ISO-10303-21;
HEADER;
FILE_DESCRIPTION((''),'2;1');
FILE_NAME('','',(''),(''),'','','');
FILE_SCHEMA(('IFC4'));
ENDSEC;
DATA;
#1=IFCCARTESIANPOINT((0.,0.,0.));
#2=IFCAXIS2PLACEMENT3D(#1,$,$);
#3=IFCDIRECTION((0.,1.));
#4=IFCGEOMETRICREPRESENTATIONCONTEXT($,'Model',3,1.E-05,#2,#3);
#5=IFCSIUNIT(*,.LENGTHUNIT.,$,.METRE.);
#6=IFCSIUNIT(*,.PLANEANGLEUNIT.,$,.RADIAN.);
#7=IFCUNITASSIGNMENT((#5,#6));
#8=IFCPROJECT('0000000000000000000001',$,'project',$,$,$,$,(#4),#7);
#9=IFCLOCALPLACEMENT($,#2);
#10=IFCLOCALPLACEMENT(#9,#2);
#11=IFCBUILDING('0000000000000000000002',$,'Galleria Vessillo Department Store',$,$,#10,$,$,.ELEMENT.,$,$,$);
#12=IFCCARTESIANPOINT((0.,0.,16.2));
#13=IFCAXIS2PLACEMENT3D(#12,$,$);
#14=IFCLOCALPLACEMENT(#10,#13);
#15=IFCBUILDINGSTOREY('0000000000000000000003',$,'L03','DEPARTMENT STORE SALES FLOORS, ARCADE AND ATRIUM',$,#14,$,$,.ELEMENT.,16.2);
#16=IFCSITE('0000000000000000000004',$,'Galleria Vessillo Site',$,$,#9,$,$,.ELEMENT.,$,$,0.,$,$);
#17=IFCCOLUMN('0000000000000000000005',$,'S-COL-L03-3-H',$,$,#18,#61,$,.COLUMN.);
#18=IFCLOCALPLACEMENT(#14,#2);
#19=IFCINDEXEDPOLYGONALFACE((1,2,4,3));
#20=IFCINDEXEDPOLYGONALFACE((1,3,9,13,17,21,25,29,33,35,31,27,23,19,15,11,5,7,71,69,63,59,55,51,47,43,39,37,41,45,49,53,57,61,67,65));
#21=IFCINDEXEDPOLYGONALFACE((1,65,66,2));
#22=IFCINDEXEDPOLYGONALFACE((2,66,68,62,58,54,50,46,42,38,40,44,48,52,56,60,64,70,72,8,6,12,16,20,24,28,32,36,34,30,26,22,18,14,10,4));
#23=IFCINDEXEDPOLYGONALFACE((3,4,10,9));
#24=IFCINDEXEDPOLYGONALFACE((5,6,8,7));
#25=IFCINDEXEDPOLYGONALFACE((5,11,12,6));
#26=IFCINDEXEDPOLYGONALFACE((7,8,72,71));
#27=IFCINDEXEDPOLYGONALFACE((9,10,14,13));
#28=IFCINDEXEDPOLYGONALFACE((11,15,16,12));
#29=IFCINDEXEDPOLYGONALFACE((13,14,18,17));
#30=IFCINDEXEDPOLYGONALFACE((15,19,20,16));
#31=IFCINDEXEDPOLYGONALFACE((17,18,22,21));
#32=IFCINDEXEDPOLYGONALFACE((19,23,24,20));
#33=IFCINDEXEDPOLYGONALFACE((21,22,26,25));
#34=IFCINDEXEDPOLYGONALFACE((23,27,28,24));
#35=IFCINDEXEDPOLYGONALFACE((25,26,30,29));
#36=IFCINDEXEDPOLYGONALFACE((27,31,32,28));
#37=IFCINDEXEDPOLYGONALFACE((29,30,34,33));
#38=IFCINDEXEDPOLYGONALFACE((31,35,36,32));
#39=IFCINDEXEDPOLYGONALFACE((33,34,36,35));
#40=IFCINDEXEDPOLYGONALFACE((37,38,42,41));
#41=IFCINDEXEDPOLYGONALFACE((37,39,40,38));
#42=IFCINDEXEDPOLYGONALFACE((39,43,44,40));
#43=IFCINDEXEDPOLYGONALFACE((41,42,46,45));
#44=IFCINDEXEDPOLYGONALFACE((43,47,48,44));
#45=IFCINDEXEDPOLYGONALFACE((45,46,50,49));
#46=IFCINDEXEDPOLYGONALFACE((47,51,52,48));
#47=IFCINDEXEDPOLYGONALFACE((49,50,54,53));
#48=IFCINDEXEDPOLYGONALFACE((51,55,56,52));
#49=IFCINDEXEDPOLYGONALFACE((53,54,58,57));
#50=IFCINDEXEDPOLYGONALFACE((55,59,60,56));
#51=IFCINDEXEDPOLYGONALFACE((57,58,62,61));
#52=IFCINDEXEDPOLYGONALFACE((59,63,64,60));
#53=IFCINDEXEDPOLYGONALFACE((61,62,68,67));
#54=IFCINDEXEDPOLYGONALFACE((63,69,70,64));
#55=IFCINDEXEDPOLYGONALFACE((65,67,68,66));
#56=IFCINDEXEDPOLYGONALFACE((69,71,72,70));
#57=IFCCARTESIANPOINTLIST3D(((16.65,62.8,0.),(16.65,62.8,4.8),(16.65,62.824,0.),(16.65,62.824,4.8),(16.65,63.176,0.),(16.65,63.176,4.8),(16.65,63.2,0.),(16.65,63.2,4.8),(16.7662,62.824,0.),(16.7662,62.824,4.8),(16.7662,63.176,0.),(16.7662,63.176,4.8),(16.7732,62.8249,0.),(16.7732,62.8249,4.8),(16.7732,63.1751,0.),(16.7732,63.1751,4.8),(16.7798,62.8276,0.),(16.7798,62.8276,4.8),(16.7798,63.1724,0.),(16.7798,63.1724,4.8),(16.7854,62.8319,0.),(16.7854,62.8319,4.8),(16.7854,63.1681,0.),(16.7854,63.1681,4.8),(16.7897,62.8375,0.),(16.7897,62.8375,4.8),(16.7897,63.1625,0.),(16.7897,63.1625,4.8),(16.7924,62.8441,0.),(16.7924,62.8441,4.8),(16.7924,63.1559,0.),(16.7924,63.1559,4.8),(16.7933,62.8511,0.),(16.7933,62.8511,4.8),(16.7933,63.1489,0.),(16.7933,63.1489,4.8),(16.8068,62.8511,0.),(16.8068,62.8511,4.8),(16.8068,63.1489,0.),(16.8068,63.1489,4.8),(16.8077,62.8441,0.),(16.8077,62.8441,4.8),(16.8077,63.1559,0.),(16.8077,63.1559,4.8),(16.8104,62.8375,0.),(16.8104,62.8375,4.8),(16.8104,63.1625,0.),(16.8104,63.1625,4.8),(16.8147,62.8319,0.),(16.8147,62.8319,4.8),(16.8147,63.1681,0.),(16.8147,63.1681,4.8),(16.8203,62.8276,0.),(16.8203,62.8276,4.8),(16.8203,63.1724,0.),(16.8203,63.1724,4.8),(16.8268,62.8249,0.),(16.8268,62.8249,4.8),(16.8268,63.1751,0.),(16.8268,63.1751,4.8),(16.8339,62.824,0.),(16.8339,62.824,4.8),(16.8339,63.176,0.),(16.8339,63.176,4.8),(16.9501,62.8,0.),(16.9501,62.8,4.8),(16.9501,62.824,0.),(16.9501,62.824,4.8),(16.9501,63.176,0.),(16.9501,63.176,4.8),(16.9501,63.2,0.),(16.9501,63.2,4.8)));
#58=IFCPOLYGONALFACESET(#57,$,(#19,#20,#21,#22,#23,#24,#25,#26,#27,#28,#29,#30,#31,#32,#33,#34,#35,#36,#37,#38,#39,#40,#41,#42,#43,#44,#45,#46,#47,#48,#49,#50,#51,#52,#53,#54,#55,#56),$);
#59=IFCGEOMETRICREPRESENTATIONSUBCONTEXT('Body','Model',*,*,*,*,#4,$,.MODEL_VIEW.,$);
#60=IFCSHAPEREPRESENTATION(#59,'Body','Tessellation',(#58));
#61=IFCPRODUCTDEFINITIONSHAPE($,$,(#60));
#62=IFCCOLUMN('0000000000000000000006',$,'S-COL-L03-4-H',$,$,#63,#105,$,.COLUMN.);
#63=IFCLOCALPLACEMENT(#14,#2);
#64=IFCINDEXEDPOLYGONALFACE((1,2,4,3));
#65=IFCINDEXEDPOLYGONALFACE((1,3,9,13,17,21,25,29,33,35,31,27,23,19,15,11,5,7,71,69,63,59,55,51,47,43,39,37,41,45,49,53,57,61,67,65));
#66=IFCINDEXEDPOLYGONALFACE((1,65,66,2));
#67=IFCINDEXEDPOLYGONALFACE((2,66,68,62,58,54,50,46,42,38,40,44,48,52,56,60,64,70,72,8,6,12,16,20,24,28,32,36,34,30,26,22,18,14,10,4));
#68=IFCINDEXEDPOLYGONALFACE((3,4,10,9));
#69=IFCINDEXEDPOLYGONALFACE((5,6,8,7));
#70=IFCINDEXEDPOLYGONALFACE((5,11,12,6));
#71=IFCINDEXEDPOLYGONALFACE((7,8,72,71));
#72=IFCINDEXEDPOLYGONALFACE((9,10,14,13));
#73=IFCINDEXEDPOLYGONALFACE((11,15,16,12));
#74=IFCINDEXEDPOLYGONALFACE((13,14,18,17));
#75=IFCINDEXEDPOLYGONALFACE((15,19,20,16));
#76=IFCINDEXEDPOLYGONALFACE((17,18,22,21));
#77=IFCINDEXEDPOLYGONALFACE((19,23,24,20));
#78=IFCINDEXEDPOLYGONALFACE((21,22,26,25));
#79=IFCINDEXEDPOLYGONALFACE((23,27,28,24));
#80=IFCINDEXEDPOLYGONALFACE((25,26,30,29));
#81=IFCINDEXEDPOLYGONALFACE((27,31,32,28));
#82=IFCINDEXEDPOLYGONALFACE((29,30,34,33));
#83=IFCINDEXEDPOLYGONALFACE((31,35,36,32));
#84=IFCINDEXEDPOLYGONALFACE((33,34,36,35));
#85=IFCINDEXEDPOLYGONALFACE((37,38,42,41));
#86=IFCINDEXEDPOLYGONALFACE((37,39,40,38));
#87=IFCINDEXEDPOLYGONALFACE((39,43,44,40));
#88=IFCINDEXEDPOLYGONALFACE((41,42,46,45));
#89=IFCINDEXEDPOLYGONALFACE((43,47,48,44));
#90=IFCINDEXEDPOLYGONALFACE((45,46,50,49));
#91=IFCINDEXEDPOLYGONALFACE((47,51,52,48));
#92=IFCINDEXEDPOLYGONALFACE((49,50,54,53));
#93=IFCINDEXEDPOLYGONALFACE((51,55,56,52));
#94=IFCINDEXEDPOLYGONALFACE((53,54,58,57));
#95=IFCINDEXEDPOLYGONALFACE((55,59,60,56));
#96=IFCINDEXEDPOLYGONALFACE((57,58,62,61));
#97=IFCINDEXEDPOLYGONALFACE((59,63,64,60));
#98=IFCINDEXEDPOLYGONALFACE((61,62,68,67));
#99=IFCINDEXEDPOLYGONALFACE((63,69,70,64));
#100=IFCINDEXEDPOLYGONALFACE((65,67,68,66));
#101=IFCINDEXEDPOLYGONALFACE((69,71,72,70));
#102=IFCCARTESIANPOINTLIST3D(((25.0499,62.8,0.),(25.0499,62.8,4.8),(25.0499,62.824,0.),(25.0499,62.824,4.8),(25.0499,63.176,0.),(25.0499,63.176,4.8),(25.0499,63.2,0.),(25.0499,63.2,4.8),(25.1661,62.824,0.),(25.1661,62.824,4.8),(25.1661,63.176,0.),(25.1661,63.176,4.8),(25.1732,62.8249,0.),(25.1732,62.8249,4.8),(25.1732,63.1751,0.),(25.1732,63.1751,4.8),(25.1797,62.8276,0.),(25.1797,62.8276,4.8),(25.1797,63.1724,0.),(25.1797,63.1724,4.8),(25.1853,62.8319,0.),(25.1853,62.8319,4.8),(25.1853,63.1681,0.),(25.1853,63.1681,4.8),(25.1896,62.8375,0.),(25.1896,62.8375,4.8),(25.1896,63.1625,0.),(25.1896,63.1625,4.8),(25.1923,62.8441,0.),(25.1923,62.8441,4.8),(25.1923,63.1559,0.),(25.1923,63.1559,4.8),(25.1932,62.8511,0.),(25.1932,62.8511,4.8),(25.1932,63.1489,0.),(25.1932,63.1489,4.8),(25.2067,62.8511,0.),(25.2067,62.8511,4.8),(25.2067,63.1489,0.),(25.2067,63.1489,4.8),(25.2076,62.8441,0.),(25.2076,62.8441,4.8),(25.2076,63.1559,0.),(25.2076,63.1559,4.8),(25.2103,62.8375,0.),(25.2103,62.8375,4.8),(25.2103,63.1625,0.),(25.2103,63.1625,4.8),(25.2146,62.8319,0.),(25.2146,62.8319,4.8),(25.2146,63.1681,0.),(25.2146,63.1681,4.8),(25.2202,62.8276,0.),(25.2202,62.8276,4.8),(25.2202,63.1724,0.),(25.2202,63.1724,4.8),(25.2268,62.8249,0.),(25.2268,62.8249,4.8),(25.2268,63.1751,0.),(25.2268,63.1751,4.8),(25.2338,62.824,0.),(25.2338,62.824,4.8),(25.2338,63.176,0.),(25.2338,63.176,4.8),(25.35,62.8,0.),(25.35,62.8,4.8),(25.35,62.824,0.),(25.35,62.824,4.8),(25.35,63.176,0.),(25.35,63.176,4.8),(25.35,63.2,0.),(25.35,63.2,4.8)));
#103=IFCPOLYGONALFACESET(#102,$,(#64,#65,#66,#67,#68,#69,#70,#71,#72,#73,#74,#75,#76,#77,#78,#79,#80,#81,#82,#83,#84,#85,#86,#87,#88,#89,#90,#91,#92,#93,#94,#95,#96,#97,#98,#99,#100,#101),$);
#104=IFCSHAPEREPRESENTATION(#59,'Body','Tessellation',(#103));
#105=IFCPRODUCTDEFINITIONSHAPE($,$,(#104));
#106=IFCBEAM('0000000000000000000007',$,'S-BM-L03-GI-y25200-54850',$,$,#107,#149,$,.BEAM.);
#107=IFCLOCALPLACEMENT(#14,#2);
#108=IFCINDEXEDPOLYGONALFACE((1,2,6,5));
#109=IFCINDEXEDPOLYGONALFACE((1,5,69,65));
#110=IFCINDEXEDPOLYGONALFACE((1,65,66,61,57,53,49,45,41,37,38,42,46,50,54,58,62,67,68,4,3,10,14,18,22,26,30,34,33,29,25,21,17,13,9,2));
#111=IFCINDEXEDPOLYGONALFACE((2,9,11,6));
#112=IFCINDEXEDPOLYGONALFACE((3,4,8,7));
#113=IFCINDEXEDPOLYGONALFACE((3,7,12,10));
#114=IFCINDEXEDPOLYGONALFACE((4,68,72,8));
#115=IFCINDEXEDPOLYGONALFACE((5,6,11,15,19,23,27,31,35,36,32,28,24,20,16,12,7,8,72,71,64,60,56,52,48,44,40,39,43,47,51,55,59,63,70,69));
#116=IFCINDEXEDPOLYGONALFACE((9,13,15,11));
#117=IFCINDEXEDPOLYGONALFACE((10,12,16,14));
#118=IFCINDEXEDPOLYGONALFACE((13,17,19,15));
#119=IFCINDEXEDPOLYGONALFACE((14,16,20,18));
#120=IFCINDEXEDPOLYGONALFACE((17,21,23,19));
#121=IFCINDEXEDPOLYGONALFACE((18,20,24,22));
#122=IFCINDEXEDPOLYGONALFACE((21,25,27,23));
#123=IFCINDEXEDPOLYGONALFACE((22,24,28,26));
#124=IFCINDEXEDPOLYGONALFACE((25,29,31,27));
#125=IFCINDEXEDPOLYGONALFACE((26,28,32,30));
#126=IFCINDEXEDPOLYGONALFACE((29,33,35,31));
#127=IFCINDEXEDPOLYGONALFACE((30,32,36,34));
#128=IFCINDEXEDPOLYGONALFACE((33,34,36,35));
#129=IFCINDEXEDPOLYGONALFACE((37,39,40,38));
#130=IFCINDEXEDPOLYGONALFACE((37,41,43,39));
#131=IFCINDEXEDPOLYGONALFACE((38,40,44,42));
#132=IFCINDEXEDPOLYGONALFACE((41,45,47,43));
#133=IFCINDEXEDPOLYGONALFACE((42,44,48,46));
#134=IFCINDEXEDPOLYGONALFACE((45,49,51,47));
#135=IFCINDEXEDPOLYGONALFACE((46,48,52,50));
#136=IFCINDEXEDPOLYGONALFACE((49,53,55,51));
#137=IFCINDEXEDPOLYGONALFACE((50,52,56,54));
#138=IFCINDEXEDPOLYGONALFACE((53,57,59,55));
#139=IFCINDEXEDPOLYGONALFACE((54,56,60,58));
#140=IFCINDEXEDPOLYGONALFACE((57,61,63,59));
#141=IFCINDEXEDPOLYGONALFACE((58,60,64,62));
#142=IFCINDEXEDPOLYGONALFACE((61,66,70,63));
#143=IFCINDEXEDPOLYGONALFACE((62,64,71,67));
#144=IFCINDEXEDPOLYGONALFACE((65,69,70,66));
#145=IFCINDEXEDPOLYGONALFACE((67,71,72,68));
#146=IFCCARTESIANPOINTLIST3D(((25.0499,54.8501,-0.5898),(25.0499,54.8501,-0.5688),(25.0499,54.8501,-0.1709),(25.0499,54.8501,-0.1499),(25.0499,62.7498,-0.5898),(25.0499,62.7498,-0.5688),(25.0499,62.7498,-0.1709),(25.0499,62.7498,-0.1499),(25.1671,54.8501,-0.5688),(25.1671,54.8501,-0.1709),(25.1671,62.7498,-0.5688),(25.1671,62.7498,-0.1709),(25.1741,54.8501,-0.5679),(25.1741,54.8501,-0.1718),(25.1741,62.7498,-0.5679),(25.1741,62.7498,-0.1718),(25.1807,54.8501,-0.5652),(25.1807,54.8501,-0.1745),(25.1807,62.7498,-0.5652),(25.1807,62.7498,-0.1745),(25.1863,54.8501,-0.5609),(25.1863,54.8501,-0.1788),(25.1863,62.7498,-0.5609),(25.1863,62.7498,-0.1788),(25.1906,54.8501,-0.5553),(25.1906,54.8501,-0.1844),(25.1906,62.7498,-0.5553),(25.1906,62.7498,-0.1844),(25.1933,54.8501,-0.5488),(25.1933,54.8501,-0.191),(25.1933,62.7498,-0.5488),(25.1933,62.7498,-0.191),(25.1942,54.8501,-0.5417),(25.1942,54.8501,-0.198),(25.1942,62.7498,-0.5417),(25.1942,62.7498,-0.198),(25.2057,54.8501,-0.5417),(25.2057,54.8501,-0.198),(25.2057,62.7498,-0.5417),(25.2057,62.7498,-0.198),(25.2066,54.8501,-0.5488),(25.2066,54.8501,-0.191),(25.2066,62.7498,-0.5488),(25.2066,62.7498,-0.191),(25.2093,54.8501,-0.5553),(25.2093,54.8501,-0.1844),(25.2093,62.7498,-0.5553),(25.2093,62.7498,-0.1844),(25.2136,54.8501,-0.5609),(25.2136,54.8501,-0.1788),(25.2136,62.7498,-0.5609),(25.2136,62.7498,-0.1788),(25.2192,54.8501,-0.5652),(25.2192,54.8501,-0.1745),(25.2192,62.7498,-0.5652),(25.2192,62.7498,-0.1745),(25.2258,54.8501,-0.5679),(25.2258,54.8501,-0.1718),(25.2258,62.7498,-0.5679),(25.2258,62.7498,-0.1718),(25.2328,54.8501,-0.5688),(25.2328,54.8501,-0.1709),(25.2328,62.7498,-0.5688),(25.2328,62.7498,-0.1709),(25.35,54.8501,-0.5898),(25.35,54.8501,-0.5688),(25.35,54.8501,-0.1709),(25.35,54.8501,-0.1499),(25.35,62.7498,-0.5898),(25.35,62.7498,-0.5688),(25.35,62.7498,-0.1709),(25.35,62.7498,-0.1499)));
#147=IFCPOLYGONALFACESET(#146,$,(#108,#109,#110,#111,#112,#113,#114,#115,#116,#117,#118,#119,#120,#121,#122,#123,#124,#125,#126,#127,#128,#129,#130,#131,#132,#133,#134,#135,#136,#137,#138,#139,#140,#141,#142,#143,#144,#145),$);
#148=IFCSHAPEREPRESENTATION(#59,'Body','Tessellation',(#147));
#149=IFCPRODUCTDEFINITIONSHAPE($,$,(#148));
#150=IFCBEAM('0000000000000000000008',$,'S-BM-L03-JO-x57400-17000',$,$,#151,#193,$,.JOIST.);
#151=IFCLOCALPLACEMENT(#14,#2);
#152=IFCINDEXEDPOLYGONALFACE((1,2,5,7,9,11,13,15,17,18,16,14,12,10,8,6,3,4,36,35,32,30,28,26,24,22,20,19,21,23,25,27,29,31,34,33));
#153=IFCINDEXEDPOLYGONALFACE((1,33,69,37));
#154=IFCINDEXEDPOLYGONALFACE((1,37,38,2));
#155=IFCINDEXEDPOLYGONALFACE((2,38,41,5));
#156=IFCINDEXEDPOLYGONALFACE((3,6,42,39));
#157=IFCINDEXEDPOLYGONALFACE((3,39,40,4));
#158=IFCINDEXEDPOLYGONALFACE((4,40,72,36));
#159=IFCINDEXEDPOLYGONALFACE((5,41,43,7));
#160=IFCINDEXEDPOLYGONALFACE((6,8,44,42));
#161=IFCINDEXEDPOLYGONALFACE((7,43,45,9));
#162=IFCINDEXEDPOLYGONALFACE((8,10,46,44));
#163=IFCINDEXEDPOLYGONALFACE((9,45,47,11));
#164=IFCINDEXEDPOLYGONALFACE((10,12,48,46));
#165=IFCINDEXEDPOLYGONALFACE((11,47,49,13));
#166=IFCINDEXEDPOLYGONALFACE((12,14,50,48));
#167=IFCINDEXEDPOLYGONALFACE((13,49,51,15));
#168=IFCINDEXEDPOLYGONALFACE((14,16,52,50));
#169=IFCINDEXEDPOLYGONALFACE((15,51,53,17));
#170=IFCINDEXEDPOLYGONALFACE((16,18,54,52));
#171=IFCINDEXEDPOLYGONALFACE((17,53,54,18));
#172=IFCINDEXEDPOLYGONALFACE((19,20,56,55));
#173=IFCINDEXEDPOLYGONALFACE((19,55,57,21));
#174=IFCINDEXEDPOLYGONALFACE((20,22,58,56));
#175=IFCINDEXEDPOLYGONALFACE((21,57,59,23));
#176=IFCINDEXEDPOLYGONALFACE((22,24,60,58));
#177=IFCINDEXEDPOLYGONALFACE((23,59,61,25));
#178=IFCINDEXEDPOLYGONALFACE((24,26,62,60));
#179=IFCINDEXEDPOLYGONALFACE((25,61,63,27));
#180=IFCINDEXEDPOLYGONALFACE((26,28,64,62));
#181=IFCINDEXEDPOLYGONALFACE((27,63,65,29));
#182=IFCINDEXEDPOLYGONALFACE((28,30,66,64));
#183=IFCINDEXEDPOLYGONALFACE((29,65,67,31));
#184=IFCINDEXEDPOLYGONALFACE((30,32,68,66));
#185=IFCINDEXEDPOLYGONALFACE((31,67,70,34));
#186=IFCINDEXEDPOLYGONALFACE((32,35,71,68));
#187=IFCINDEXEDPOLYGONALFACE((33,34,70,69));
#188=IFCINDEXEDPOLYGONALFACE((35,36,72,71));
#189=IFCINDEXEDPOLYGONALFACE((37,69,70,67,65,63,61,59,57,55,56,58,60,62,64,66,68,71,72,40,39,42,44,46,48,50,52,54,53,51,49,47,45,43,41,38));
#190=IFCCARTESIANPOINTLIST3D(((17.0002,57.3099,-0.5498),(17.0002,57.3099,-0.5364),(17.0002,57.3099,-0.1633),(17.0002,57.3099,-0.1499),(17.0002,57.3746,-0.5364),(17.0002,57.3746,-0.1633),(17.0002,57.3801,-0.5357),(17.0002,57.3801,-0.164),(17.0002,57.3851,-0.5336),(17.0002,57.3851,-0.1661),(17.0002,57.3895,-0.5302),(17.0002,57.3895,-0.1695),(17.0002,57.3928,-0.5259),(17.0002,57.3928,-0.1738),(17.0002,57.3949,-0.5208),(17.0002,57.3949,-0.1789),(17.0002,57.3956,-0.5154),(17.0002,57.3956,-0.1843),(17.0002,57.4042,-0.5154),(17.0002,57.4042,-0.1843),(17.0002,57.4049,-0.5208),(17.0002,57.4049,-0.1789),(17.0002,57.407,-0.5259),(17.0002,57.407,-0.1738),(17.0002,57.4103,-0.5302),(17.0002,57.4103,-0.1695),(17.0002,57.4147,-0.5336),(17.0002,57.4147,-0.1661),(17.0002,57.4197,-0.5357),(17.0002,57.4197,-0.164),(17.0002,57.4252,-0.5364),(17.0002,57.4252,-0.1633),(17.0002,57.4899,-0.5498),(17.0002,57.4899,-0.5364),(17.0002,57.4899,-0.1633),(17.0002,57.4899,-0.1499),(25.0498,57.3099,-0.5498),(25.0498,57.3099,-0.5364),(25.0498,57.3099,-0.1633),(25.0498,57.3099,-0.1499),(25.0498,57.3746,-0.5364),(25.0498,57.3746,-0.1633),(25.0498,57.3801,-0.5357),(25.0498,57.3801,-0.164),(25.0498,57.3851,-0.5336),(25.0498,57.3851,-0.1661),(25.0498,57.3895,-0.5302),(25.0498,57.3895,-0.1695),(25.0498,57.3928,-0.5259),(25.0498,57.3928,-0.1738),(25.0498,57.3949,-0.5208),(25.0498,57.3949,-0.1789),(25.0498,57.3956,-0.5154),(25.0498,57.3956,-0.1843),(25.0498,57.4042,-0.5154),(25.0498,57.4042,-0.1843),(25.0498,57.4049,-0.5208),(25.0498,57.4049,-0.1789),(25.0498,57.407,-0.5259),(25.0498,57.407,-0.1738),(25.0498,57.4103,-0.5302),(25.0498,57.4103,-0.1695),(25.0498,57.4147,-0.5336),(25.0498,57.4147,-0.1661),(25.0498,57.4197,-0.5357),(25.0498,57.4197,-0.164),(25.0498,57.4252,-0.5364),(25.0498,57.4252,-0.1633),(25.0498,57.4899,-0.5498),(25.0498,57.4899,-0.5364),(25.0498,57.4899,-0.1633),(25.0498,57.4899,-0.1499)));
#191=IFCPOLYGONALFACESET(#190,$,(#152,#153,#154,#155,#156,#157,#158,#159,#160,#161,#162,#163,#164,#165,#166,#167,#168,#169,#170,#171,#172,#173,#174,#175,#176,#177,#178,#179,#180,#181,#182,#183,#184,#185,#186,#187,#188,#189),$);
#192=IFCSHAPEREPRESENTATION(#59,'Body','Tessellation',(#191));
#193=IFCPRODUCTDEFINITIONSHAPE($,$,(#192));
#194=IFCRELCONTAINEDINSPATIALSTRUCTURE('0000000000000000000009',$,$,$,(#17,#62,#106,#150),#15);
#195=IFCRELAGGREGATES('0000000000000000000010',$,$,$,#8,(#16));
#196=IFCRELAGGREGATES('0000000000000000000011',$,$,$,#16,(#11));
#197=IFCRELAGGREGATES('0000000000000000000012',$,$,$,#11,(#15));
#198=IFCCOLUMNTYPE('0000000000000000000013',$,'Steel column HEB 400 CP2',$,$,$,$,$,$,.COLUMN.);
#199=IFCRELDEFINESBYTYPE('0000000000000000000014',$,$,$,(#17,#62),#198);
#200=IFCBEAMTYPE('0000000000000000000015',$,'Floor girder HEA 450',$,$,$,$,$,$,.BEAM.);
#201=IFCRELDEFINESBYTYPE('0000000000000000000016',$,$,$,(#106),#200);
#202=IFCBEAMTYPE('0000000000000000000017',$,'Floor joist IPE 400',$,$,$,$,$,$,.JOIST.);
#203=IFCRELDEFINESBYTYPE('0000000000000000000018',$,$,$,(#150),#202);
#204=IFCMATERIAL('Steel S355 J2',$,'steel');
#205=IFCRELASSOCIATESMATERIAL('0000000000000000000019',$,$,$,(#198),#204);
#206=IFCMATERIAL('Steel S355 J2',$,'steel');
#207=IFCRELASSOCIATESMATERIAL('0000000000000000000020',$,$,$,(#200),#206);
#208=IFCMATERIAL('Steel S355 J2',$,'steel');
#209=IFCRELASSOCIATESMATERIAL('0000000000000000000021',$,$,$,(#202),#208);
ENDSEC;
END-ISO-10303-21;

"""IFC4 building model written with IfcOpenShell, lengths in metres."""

from ifc_helpers import new_model, si_unit, direction, frame, origin, origin_2d, place, context, subcontext, project, spatial, i_section, extrude, material, material_profile, profile_set, type_object, element, save


model = new_model("IFC4")

# Units and contexts
model_context = context("Model", 3, precision=1e-05, world=origin(), true_north=direction((0.0, 1.0)))
body_context = subcontext(model_context, "Body", "Model", "MODEL_VIEW")
ifc_project = project(units=[si_unit("LENGTHUNIT", "METRE"), si_unit("PLANEANGLEUNIT", "RADIAN")], contexts=[model_context])

# Site, building, storey
site_placement = place(None, origin())
site = spatial("IfcSite", under=ifc_project, at=site_placement, Name="Galleria Vessillo Site", CompositionType="ELEMENT", RefElevation=0.0)
building_placement = place(site_placement, origin())
building = spatial("IfcBuilding", under=site, at=building_placement, Name="Galleria Vessillo Department Store", CompositionType="ELEMENT")
storey_placement = place(building_placement, frame((0.0, 0.0, 16.2)))
storey = spatial("IfcBuildingStorey", under=building, at=storey_placement, Name="L03", Description="DEPARTMENT STORE SALES FLOORS, ARCADE AND ATRIUM", CompositionType="ELEMENT", Elevation=16.2)

# Columns
ifc_material_1 = material(Name="Steel S355 J2", Category="steel")
ifc_material_profile_1 = material_profile(ifc_material_1, i_section(OverallWidth=0.3, OverallDepth=0.3999, WebThickness=0.0134, FlangeThickness=0.0239, FilletRadius=0.0271, at=origin_2d()), Name="HEB 400")
ifc_profile_set_1 = profile_set([ifc_material_profile_1], Name="Steel S355 J2")
column_type = type_object("IfcColumnType", Name="Steel column HEB 400 CP2", PredefinedType="COLUMN", material=ifc_profile_set_1)
for number, where, z_axis, x_axis, name in (
    (1, (16.8, 63.0, 0.0), (0.0, 0.0, 1.0), (1.0, 0.0, 0.0), "S-COL-L03-3-H"),
    (2, (25.2, 63.0, 0.0), (0.0, 0.0, 1.0), (1.0, 0.0, 0.0), "S-COL-L03-4-H"),
):
    element("IfcColumn", number, at=place(storey_placement, frame(where, z_axis=z_axis, x_axis=x_axis)), inside=storey, type_object=column_type, Name=name, PredefinedType="COLUMN", context=body_context, shape_type="SweptSolid", body=[
        extrude(i_section(OverallWidth=0.3, OverallDepth=0.3999, WebThickness=0.0134, FlangeThickness=0.0239, FilletRadius=0.0271, at=origin_2d()), origin(), (0.0, 0.0, 1.0), 4.8),
    ])

# Beams
ifc_material_2 = material(Name="Steel S355 J2", Category="steel")
ifc_material_profile_2 = material_profile(ifc_material_2, i_section(OverallWidth=0.3, OverallDepth=0.4399, WebThickness=0.0115, FlangeThickness=0.021, FilletRadius=0.0271, at=origin_2d()), Name="HEA 450")
ifc_profile_set_2 = profile_set([ifc_material_profile_2], Name="Steel S355 J2")
beam_type_1 = type_object("IfcBeamType", Name="Floor girder HEA 450", PredefinedType="BEAM", material=ifc_profile_set_2)
beam_1_placement = place(storey_placement, frame((25.2, 54.8501, -0.3699), z_axis=(0.0, 1.0, 0.0), x_axis=(-1.0, 0.0, 0.0)))
element("IfcBeam", 3, at=beam_1_placement, inside=storey, type_object=beam_type_1, Name="S-BM-L03-GI-y25200-54850", PredefinedType="BEAM", context=body_context, shape_type="SweptSolid", body=[
    extrude(i_section(OverallWidth=0.3, OverallDepth=0.4399, WebThickness=0.0115, FlangeThickness=0.021, FilletRadius=0.0271, at=origin_2d()), origin(), (0.0, 0.0, 1.0), 7.8997),
])
ifc_material_3 = material(Name="Steel S355 J2", Category="steel")
ifc_material_profile_3 = material_profile(ifc_material_3, i_section(OverallWidth=0.1799, OverallDepth=0.3999, WebThickness=0.0085, FlangeThickness=0.0134, FilletRadius=0.021, at=origin_2d()), Name="IPE 400")
ifc_profile_set_3 = profile_set([ifc_material_profile_3], Name="Steel S355 J2")
beam_type_2 = type_object("IfcBeamType", Name="Floor joist IPE 400", PredefinedType="JOIST", material=ifc_profile_set_3)
for number, where, z_axis, x_axis, name in (
    (4, (17.0002, 57.3999, -0.3499), (1.0, 0.0, 0.0), (0.0, 1.0, 0.0), "S-BM-L03-JO-x57400-17000"),
):
    element("IfcBeam", number, at=place(storey_placement, frame(where, z_axis=z_axis, x_axis=x_axis)), inside=storey, type_object=beam_type_2, Name=name, PredefinedType="JOIST", context=body_context, shape_type="SweptSolid", body=[
        extrude(i_section(OverallWidth=0.1799, OverallDepth=0.3999, WebThickness=0.0085, FlangeThickness=0.0134, FilletRadius=0.021, at=origin_2d()), origin(), (0.0, 0.0, 1.0), 8.0496),
    ])

save(model, "model.ifc")
